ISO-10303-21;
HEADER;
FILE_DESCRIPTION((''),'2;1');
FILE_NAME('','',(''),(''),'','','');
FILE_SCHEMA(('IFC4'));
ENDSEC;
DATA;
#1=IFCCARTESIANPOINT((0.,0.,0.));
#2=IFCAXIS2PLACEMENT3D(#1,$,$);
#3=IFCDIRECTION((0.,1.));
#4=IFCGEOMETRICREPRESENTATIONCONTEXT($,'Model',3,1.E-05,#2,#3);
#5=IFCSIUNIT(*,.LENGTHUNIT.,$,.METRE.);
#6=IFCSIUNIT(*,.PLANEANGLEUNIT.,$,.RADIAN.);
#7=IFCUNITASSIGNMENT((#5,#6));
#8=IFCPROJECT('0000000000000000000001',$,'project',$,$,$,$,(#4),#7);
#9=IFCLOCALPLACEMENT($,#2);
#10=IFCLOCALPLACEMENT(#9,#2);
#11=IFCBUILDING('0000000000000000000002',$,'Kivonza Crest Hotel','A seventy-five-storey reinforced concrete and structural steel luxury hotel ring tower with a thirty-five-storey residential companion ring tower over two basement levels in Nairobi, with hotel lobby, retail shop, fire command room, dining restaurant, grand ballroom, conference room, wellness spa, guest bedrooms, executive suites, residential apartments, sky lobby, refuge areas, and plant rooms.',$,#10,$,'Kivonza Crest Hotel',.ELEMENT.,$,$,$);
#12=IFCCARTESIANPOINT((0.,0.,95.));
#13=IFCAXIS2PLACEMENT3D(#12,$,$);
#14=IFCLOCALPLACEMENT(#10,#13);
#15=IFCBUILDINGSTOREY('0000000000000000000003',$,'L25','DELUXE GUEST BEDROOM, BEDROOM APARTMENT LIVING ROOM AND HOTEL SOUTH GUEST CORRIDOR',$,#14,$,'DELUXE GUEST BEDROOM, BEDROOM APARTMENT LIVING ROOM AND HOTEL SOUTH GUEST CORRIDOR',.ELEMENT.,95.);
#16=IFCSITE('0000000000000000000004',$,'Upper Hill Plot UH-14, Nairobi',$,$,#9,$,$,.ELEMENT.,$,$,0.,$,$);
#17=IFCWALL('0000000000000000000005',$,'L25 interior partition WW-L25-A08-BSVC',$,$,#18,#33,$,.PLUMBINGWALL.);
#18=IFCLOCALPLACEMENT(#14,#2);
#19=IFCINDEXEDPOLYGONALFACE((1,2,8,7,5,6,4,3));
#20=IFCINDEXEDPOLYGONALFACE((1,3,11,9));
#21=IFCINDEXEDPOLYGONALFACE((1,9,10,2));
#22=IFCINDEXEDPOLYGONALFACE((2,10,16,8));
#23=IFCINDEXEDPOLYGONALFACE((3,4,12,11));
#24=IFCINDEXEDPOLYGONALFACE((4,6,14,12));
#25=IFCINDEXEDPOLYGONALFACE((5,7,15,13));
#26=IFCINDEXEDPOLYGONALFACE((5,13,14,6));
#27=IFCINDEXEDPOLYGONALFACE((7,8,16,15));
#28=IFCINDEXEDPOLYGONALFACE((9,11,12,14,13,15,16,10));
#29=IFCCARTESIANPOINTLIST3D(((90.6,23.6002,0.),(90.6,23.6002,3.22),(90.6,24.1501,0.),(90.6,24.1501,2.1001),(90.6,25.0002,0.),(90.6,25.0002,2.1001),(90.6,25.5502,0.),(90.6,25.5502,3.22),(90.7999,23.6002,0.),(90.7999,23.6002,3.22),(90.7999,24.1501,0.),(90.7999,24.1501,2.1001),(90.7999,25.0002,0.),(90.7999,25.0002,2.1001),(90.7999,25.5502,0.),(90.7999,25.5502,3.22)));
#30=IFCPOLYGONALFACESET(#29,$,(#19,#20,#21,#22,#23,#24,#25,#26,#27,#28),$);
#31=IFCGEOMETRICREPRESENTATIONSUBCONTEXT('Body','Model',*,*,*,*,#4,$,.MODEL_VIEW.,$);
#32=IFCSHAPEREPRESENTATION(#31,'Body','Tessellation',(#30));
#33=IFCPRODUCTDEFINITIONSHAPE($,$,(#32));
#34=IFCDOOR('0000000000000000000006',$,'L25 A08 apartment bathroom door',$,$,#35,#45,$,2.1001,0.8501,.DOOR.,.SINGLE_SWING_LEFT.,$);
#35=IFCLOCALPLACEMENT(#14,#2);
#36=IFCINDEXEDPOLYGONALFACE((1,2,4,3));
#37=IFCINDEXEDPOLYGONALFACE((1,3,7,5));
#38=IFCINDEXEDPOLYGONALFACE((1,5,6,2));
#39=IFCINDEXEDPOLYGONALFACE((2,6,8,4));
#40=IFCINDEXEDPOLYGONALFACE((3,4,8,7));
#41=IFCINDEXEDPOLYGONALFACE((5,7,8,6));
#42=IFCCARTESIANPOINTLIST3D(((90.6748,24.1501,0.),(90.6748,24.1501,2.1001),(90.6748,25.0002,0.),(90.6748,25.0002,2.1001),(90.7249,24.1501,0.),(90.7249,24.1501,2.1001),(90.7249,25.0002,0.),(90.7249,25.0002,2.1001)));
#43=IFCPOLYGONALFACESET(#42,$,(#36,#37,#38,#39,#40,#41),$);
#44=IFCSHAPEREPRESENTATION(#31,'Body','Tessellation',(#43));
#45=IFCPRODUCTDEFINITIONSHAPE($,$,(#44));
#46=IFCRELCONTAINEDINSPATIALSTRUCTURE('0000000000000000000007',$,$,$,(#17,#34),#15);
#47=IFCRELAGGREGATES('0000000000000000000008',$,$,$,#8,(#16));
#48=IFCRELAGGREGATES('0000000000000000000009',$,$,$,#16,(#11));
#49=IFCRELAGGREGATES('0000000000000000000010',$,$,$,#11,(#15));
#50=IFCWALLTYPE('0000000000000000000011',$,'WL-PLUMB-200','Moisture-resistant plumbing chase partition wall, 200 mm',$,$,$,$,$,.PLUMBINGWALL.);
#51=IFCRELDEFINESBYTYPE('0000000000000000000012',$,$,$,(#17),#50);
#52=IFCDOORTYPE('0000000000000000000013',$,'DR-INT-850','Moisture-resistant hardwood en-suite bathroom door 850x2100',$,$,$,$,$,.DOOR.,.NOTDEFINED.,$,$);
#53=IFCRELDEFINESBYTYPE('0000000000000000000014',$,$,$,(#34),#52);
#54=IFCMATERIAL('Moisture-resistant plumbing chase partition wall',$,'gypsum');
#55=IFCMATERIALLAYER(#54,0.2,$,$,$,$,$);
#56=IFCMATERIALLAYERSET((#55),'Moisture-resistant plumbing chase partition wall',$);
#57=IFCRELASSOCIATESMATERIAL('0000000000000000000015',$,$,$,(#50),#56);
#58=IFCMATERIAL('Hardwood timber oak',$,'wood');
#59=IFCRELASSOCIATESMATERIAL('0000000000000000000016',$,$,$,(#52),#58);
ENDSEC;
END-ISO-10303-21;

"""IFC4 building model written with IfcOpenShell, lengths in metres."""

from ifc_helpers import new_model, si_unit, direction, frame, frame_2d, origin, place, context, subcontext, project, spatial, rectangle, extrude, material, layer, layer_set, type_object, element, fill, save


model = new_model("IFC4")

# Units and contexts
model_context = context("Model", 3, precision=1e-05, world=origin(), true_north=direction((0.0, 1.0)))
body_context = subcontext(model_context, "Body", "Model", "MODEL_VIEW")
ifc_project = project(units=[si_unit("LENGTHUNIT", "METRE"), si_unit("PLANEANGLEUNIT", "RADIAN")], contexts=[model_context])

# Site, building, storey
site_placement = place(None, origin())
site = spatial("IfcSite", under=ifc_project, at=site_placement, Name="Upper Hill Plot UH-14, Nairobi", CompositionType="ELEMENT", RefElevation=0.0)
building_placement = place(site_placement, origin())
building = spatial("IfcBuilding", under=site, at=building_placement, Name="Kivonza Crest Hotel", Description="A seventy-five-storey reinforced concrete and structural steel luxury hotel ring tower with a thirty-five-storey residential companion ring tower over two basement levels in Nairobi, with hotel lobby, retail shop, fire command room, dining restaurant, grand ballroom, conference room, wellness spa, guest bedrooms, executive suites, residential apartments, sky lobby, refuge areas, and plant rooms.", LongName="Kivonza Crest Hotel", CompositionType="ELEMENT")
storey_placement = place(building_placement, frame((0.0, 0.0, 95.0)))
storey = spatial("IfcBuildingStorey", under=building, at=storey_placement, Name="L25", Description="DELUXE GUEST BEDROOM, BEDROOM APARTMENT LIVING ROOM AND HOTEL SOUTH GUEST CORRIDOR", LongName="DELUXE GUEST BEDROOM, BEDROOM APARTMENT LIVING ROOM AND HOTEL SOUTH GUEST CORRIDOR", CompositionType="ELEMENT", Elevation=95.0)

# Shared definitions
ifc_material_1 = material(Name="Hardwood timber oak", Category="wood")

# Shared definitions
ifc_material_2 = material(Name="Moisture-resistant plumbing chase partition wall", Category="gypsum")
ifc_layer_1 = layer(ifc_material_2, 0.2)
ifc_layer_set_1 = layer_set([ifc_layer_1], Name="Moisture-resistant plumbing chase partition wall")
wall_type_1 = type_object("IfcWallType", Name="WL-PLUMB-200", Description="Moisture-resistant plumbing chase partition wall, 200 mm", PredefinedType="PLUMBINGWALL", material=ifc_layer_set_1)

# Wall, opening, door
wall_1_placement = place(storey_placement, frame((90.7, 23.6001, 0.0), z_axis=(0.0, 0.0, 1.0), x_axis=(0.0, 1.0, 0.0)))
wall_1 = element("IfcWall", 1, at=wall_1_placement, inside=storey, type_object=wall_type_1, Name="L25 interior partition WW-L25-A08-BSVC", PredefinedType="PLUMBINGWALL", context=body_context, shape_type="SweptSolid", body=[
    extrude(rectangle(XDim=1.95, YDim=0.2, at=frame_2d((0.9751, 0.0))), origin(), (0.0, 0.0, 1.0), 3.22),
])
opening_1_placement = place(wall_1_placement, frame((0.55, 0.0, 0.0)))
opening_1 = element("IfcOpeningElement", 2, at=opening_1_placement, cuts=wall_1, PredefinedType="OPENING", context=body_context, shape_type="SweptSolid", body=[
    extrude(rectangle(XDim=0.8501, YDim=2.1001, at=frame_2d((0.425, 1.05))), frame((0.0, 0.1099, 0.0), z_axis=(0.0, -1.0, 0.0), x_axis=(1.0, 0.0, 0.0)), (0.0, 0.0, 1.0), 0.22),
])
door_type_1 = type_object("IfcDoorType", Name="DR-INT-850", Description="Moisture-resistant hardwood en-suite bathroom door 850x2100", OperationType="NOTDEFINED", PredefinedType="DOOR", material=ifc_material_1)
door_1_placement = place(opening_1_placement, frame((0.8501, 0.0, 0.0), z_axis=(0.0, 0.0, 1.0), x_axis=(-1.0, 0.0, 0.0)))
door_1 = element("IfcDoor", 3, at=door_1_placement, inside=storey, type_object=door_type_1, Name="L25 A08 apartment bathroom door", OperationType="SINGLE_SWING_LEFT", OverallHeight=2.1001, OverallWidth=0.8501, PredefinedType="DOOR", context=body_context, shape_type="SweptSolid", body=[
    extrude(rectangle(XDim=0.8501, YDim=2.1001, at=frame_2d((0.425, 1.05))), frame((0.0, 0.0249, 0.0), z_axis=(0.0, -1.0, 0.0), x_axis=(1.0, 0.0, 0.0)), (0.0, 0.0, 1.0), 0.05),
])
fill(opening_1, door_1)

save(model, "model.ifc")
